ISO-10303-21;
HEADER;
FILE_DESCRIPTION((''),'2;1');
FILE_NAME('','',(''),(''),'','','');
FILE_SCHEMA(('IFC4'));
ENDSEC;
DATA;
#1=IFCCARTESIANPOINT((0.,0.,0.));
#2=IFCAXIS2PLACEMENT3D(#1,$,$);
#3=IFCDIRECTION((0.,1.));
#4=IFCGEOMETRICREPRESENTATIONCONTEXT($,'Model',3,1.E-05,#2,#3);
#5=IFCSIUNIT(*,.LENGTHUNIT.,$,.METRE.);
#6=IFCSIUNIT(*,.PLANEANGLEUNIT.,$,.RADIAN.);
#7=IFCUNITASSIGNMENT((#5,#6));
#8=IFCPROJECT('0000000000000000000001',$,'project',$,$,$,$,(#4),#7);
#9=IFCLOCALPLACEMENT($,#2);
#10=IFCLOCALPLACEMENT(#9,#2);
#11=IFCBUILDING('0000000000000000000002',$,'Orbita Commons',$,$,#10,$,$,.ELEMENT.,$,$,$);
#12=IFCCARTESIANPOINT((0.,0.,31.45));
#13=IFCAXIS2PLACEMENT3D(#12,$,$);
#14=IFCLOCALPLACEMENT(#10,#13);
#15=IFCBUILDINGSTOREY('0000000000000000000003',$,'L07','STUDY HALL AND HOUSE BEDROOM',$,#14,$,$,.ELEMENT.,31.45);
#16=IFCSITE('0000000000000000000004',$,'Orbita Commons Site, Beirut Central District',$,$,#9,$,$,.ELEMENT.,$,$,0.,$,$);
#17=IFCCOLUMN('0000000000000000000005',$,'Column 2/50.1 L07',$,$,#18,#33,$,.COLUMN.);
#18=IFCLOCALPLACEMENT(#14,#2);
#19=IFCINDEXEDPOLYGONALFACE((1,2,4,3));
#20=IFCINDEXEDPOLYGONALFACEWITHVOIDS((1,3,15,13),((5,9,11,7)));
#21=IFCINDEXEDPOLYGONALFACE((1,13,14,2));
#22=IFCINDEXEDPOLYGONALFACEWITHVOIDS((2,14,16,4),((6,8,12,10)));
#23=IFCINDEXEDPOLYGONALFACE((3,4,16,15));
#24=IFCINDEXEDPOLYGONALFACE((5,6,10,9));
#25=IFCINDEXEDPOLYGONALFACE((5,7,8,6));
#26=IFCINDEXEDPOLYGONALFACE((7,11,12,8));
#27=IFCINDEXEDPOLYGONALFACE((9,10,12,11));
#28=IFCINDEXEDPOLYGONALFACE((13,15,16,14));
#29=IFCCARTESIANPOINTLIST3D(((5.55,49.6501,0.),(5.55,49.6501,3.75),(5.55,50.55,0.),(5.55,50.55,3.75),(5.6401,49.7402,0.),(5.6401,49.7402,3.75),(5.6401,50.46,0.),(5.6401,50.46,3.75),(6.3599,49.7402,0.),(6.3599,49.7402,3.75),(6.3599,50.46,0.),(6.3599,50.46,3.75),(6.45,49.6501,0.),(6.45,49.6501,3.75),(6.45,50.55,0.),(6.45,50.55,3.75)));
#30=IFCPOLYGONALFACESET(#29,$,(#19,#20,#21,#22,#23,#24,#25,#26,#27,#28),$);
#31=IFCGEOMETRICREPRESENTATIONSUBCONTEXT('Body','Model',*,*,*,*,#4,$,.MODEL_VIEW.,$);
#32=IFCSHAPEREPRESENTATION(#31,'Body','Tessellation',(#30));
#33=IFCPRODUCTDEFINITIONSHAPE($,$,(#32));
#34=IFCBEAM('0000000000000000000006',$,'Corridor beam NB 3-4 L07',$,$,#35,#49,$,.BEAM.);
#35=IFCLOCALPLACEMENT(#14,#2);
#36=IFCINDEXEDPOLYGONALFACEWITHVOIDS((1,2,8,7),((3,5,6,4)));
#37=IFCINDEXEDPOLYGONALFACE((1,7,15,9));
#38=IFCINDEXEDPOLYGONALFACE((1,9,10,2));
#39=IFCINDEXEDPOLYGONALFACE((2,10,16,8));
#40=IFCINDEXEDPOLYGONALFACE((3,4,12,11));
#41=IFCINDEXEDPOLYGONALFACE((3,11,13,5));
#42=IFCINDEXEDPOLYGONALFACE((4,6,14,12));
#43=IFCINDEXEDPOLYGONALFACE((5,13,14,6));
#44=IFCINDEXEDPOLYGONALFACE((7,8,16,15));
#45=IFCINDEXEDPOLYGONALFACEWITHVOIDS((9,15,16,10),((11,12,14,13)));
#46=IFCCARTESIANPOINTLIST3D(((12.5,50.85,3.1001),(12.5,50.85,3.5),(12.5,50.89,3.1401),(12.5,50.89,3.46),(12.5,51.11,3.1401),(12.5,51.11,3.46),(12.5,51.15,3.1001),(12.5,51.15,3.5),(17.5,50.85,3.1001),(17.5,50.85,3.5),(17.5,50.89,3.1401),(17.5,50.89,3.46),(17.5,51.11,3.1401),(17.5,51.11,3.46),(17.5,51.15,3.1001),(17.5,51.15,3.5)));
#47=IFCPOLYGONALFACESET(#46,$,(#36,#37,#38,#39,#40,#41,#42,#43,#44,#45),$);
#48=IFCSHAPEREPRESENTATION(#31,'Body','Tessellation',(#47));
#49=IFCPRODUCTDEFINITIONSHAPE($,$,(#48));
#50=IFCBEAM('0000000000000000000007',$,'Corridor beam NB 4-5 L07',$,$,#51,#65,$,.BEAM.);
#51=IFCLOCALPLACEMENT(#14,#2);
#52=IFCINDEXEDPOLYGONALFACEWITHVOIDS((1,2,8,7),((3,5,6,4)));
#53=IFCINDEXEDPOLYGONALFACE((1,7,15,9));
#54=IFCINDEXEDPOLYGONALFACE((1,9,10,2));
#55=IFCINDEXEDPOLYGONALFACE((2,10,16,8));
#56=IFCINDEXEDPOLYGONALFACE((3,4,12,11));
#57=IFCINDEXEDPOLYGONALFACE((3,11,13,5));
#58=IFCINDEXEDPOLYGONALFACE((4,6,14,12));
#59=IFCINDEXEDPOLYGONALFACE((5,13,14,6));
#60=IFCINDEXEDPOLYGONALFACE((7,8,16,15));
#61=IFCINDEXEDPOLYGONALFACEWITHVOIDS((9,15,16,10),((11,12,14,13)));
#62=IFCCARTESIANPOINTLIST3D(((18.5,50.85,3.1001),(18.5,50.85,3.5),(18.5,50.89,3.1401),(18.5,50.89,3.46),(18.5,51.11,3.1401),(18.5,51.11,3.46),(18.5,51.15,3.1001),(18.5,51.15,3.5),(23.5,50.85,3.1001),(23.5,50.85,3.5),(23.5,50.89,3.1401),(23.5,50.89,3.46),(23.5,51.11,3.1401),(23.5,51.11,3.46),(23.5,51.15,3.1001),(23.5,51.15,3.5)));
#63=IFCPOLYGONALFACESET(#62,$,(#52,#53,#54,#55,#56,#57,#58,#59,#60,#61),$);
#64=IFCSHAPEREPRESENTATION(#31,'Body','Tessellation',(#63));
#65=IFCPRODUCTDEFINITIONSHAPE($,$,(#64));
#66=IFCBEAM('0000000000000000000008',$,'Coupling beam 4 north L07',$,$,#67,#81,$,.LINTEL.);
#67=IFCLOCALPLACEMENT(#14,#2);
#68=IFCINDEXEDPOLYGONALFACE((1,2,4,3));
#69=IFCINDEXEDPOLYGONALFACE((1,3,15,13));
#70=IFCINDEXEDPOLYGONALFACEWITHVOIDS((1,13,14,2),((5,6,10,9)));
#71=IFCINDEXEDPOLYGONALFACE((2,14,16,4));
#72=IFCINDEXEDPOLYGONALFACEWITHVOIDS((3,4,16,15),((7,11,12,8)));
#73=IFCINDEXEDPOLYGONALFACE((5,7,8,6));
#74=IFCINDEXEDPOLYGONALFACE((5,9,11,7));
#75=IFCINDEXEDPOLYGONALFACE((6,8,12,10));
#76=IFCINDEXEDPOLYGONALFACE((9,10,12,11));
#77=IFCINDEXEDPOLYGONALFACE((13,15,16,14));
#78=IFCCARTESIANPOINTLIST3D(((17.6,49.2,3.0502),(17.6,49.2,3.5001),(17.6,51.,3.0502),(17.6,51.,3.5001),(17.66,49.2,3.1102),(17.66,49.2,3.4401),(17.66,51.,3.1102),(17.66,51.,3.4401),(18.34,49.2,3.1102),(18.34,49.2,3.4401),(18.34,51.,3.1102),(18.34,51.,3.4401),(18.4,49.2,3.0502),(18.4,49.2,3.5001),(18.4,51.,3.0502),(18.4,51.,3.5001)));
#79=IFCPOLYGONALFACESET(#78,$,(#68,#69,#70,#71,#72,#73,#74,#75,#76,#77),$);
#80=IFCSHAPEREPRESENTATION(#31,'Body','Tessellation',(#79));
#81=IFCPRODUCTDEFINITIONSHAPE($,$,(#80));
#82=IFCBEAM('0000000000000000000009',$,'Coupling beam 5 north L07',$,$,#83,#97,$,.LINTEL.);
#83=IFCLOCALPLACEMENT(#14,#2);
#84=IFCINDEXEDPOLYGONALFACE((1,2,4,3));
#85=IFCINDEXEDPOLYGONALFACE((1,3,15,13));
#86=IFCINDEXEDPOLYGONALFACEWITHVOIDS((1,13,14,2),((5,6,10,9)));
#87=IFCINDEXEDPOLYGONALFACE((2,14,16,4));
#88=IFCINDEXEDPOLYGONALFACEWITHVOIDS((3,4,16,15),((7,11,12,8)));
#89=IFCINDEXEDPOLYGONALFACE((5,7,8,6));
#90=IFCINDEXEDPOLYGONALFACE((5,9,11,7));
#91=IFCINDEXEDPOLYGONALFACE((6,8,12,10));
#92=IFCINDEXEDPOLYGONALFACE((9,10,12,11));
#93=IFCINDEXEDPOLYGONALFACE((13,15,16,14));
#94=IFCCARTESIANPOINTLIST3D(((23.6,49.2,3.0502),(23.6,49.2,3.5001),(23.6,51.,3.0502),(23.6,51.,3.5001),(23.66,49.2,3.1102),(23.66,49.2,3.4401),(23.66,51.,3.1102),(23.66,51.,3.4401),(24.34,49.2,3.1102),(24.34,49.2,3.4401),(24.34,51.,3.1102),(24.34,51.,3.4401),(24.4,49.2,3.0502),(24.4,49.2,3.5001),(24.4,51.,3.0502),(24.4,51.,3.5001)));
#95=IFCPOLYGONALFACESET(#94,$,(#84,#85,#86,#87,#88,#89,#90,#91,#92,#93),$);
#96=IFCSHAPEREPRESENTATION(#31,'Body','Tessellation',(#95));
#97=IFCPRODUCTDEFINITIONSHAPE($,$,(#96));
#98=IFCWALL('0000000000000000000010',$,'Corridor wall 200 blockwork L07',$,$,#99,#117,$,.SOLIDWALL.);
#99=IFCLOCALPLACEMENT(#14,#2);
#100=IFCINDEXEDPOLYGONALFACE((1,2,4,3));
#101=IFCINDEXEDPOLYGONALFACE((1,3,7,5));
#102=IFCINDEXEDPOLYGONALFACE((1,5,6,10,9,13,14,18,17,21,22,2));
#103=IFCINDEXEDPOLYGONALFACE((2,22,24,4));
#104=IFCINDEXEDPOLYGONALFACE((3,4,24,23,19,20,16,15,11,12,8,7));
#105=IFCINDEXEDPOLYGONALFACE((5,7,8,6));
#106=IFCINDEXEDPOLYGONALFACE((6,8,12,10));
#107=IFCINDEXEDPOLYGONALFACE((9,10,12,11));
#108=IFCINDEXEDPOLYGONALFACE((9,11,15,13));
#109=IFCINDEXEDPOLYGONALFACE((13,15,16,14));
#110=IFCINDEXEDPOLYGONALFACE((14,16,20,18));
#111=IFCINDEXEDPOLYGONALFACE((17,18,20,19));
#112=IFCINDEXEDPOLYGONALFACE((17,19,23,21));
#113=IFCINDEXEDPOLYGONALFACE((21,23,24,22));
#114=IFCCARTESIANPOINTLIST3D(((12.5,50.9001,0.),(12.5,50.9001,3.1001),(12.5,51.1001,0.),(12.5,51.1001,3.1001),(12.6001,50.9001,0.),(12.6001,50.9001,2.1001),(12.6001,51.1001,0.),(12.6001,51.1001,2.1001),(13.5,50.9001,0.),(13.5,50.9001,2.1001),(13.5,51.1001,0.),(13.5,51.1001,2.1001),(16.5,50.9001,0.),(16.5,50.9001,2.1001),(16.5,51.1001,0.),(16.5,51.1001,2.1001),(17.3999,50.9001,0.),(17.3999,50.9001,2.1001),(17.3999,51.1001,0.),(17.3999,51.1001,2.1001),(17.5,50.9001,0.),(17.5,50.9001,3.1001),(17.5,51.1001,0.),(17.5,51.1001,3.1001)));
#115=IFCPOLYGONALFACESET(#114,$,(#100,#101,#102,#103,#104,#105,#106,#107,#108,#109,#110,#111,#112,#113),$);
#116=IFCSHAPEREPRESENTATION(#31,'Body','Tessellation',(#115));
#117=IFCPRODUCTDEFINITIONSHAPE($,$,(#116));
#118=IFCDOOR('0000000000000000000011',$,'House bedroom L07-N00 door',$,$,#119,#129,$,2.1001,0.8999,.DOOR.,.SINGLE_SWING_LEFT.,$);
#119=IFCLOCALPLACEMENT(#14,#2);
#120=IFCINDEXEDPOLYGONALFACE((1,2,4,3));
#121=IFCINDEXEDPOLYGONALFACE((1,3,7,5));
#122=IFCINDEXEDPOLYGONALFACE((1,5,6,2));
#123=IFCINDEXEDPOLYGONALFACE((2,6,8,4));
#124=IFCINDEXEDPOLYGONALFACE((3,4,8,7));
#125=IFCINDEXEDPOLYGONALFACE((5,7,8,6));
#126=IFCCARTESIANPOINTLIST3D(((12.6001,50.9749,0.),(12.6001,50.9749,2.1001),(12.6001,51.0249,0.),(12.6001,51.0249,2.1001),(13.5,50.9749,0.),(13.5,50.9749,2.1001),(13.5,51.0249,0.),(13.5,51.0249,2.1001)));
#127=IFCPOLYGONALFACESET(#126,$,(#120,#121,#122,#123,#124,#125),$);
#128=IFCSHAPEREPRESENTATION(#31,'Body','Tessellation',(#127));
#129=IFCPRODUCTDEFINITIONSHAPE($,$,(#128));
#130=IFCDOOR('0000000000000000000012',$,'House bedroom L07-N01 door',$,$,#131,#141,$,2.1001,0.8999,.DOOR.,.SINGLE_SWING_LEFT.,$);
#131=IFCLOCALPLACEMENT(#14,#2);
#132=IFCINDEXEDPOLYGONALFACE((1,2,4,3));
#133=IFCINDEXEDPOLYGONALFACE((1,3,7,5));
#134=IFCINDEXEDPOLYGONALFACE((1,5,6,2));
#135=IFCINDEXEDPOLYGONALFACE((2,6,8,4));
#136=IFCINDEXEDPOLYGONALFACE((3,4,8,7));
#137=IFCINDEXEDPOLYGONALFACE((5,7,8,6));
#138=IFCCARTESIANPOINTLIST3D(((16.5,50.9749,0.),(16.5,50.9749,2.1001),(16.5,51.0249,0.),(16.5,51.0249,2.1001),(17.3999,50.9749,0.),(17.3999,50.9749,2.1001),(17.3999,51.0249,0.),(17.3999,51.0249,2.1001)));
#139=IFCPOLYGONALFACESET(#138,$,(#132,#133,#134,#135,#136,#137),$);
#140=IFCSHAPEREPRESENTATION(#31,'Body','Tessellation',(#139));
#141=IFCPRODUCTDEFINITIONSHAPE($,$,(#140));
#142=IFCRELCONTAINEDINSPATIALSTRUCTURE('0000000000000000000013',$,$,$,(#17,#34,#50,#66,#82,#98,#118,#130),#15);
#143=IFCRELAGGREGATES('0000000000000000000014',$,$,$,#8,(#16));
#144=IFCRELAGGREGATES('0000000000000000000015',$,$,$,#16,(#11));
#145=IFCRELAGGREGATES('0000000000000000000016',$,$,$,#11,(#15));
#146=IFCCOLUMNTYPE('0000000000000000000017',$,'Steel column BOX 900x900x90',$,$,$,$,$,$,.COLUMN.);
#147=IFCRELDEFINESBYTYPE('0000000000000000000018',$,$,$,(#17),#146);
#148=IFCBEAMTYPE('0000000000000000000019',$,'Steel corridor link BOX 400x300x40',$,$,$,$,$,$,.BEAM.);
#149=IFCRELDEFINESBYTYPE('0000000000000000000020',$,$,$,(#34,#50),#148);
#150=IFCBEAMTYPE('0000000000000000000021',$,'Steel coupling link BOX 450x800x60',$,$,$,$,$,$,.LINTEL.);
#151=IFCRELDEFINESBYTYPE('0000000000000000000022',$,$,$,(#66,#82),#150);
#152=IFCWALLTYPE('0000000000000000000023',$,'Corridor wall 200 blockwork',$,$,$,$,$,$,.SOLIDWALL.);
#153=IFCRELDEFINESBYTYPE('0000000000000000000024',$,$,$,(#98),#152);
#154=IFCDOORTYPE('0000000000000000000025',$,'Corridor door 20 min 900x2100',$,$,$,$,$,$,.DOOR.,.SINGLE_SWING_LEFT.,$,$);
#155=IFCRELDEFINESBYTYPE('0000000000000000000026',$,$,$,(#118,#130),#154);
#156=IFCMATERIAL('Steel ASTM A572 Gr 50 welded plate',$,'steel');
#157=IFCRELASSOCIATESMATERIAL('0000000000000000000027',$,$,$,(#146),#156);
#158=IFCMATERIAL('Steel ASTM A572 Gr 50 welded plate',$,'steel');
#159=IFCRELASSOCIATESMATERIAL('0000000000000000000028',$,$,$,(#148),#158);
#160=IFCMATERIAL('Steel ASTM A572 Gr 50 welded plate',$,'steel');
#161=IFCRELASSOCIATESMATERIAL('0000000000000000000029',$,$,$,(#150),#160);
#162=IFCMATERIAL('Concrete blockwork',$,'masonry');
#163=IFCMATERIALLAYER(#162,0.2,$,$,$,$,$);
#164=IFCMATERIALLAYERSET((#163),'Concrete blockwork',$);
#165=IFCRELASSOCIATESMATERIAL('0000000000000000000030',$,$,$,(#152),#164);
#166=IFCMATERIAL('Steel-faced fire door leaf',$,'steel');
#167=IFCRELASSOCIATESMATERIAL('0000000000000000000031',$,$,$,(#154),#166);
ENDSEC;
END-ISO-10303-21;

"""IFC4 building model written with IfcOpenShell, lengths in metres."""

from ifc_helpers import new_model, si_unit, direction, frame, frame_2d, origin, origin_2d, place, context, subcontext, project, spatial, polyline, rectangle, hollow_rectangle, outline, extrude, material, layer, layer_set, material_profile, profile_set, type_object, element, fill, save


model = new_model("IFC4")

# Units and contexts
model_context = context("Model", 3, precision=1e-05, world=origin(), true_north=direction((0.0, 1.0)))
body_context = subcontext(model_context, "Body", "Model", "MODEL_VIEW")
ifc_project = project(units=[si_unit("LENGTHUNIT", "METRE"), si_unit("PLANEANGLEUNIT", "RADIAN")], contexts=[model_context])

# Site, building, storey
site_placement = place(None, origin())
site = spatial("IfcSite", under=ifc_project, at=site_placement, Name="Orbita Commons Site, Beirut Central District", CompositionType="ELEMENT", RefElevation=0.0)
building_placement = place(site_placement, origin())
building = spatial("IfcBuilding", under=site, at=building_placement, Name="Orbita Commons", CompositionType="ELEMENT")
storey_placement = place(building_placement, frame((0.0, 0.0, 31.45)))
storey = spatial("IfcBuildingStorey", under=building, at=storey_placement, Name="L07", Description="STUDY HALL AND HOUSE BEDROOM", CompositionType="ELEMENT", Elevation=31.45)

# Column
ifc_material_1 = material(Name="Steel ASTM A572 Gr 50 welded plate", Category="steel")
ifc_material_profile_1 = material_profile(ifc_material_1, hollow_rectangle(XDim=0.8999, YDim=0.8999, WallThickness=0.0901, at=origin_2d()), Name="BOX 900x900x90")
ifc_profile_set_1 = profile_set([ifc_material_profile_1], Name="Steel ASTM A572 Gr 50 welded plate")
column_type = type_object("IfcColumnType", Name="Steel column BOX 900x900x90", PredefinedType="COLUMN", material=ifc_profile_set_1)
column_placement = place(storey_placement, frame((6.0, 50.1001, 0.0), z_axis=(0.0, 0.0, 1.0), x_axis=(1.0, 0.0, 0.0)))
element("IfcColumn", 1, at=column_placement, inside=storey, type_object=column_type, Name="Column 2/50.1 L07", PredefinedType="COLUMN", context=body_context, shape_type="SweptSolid", body=[
    extrude(hollow_rectangle(XDim=0.8999, YDim=0.8999, WallThickness=0.0901, at=origin_2d()), origin(), (0.0, 0.0, 1.0), 3.75),
])

# Beams
ifc_material_2 = material(Name="Steel ASTM A572 Gr 50 welded plate", Category="steel")
ifc_material_profile_2 = material_profile(ifc_material_2, hollow_rectangle(XDim=0.3, YDim=0.3999, WallThickness=0.04, at=origin_2d()), Name="BOX 400x300x40")
ifc_profile_set_2 = profile_set([ifc_material_profile_2], Name="Steel ASTM A572 Gr 50 welded plate")
beam_type_1 = type_object("IfcBeamType", Name="Steel corridor link BOX 400x300x40", PredefinedType="BEAM", material=ifc_profile_set_2)
for number, where, z_axis, x_axis, name in (
    (2, (12.5, 51.0, 3.3), (1.0, 0.0, 0.0), (0.0, 1.0, 0.0), "Corridor beam NB 3-4 L07"),
    (3, (18.5, 51.0, 3.3), (1.0, 0.0, 0.0), (0.0, 1.0, 0.0), "Corridor beam NB 4-5 L07"),
):
    element("IfcBeam", number, at=place(storey_placement, frame(where, z_axis=z_axis, x_axis=x_axis)), inside=storey, type_object=beam_type_1, Name=name, PredefinedType="BEAM", context=body_context, shape_type="SweptSolid", body=[
        extrude(hollow_rectangle(XDim=0.3, YDim=0.3999, WallThickness=0.04, at=origin_2d()), origin(), (0.0, 0.0, 1.0), 5.0),
    ])
ifc_material_3 = material(Name="Steel ASTM A572 Gr 50 welded plate", Category="steel")
ifc_material_profile_3 = material_profile(ifc_material_3, hollow_rectangle(XDim=0.8, YDim=0.45, WallThickness=0.0601, at=origin_2d()), Name="BOX 450x800x60")
ifc_profile_set_3 = profile_set([ifc_material_profile_3], Name="Steel ASTM A572 Gr 50 welded plate")
beam_type_2 = type_object("IfcBeamType", Name="Steel coupling link BOX 450x800x60", PredefinedType="LINTEL", material=ifc_profile_set_3)
for number, where, z_axis, x_axis, name in (
    (4, (18.0, 49.2, 3.2751), (0.0, 1.0, 0.0), (-1.0, 0.0, 0.0), "Coupling beam 4 north L07"),
    (5, (24.0, 49.2, 3.2751), (0.0, 1.0, 0.0), (-1.0, 0.0, 0.0), "Coupling beam 5 north L07"),
):
    element("IfcBeam", number, at=place(storey_placement, frame(where, z_axis=z_axis, x_axis=x_axis)), inside=storey, type_object=beam_type_2, Name=name, PredefinedType="LINTEL", context=body_context, shape_type="SweptSolid", body=[
        extrude(hollow_rectangle(XDim=0.8, YDim=0.45, WallThickness=0.0601, at=origin_2d()), origin(), (0.0, 0.0, 1.0), 1.8),
    ])

# Wall, openings, doors
ifc_material_4 = material(Name="Concrete blockwork", Category="masonry")
ifc_layer_1 = layer(ifc_material_4, 0.2)
ifc_layer_set_1 = layer_set([ifc_layer_1], Name="Concrete blockwork")
wall_type_1 = type_object("IfcWallType", Name="Corridor wall 200 blockwork", PredefinedType="SOLIDWALL", material=ifc_layer_set_1)
wall_1_placement = place(storey_placement, frame((12.5, 51.0, 0.0), z_axis=(0.0, 0.0, 1.0), x_axis=(1.0, 0.0, 0.0)))
wall_1 = element("IfcWall", 6, at=wall_1_placement, inside=storey, type_object=wall_type_1, Name="Corridor wall 200 blockwork L07", PredefinedType="SOLIDWALL", context=body_context, shape_type="SweptSolid", body=[
    extrude(outline(polyline([(0.0, 0.0), (5.0, 0.0), (5.0, 3.1001), (0.0, 3.1001), (0.0, 0.0)])), frame((0.0, 0.1001, 0.0), z_axis=(0.0, -1.0, 0.0), x_axis=(1.0, 0.0, 0.0)), (0.0, 0.0, 1.0), 0.2),
])
opening_1_placement = place(wall_1_placement, frame((0.1001, 0.0, 0.0)))
opening_1 = element("IfcOpeningElement", 7, at=opening_1_placement, cuts=wall_1, PredefinedType="OPENING", context=body_context, shape_type="SweptSolid", body=[
    extrude(rectangle(XDim=0.8999, YDim=2.1001, at=frame_2d((0.45, 1.05))), frame((0.0, 0.1099, 0.0), z_axis=(0.0, -1.0, 0.0), x_axis=(1.0, 0.0, 0.0)), (0.0, 0.0, 1.0), 0.22),
])
opening_2_placement = place(wall_1_placement, frame((4.0, 0.0, 0.0)))
opening_2 = element("IfcOpeningElement", 8, at=opening_2_placement, cuts=wall_1, PredefinedType="OPENING", context=body_context, shape_type="SweptSolid", body=[
    extrude(rectangle(XDim=0.8999, YDim=2.1001, at=frame_2d((0.45, 1.05))), frame((0.0, 0.1099, 0.0), z_axis=(0.0, -1.0, 0.0), x_axis=(1.0, 0.0, 0.0)), (0.0, 0.0, 1.0), 0.22),
])
ifc_material_5 = material(Name="Steel-faced fire door leaf", Category="steel")
door_type_1 = type_object("IfcDoorType", Name="Corridor door 20 min 900x2100", OperationType="SINGLE_SWING_LEFT", PredefinedType="DOOR", material=ifc_material_5)
door_1_placement = place(opening_1_placement, origin())
door_1 = element("IfcDoor", 9, at=door_1_placement, inside=storey, type_object=door_type_1, Name="House bedroom L07-N00 door", OperationType="SINGLE_SWING_LEFT", OverallHeight=2.1001, OverallWidth=0.8999, PredefinedType="DOOR", context=body_context, shape_type="SweptSolid", body=[
    extrude(rectangle(XDim=0.8999, YDim=2.1001, at=frame_2d((0.45, 1.05))), frame((0.0, 0.0249, 0.0), z_axis=(0.0, -1.0, 0.0), x_axis=(1.0, 0.0, 0.0)), (0.0, 0.0, 1.0), 0.05),
])
fill(opening_1, door_1)
door_2_placement = place(opening_2_placement, origin())
door_2 = element("IfcDoor", 10, at=door_2_placement, inside=storey, type_object=door_type_1, Name="House bedroom L07-N01 door", OperationType="SINGLE_SWING_LEFT", OverallHeight=2.1001, OverallWidth=0.8999, PredefinedType="DOOR", context=body_context, shape_type="SweptSolid", body=[
    extrude(rectangle(XDim=0.8999, YDim=2.1001, at=frame_2d((0.45, 1.05))), frame((0.0, 0.0249, 0.0), z_axis=(0.0, -1.0, 0.0), x_axis=(1.0, 0.0, 0.0)), (0.0, 0.0, 1.0), 0.05),
])
fill(opening_2, door_2)

save(model, "model.ifc")
